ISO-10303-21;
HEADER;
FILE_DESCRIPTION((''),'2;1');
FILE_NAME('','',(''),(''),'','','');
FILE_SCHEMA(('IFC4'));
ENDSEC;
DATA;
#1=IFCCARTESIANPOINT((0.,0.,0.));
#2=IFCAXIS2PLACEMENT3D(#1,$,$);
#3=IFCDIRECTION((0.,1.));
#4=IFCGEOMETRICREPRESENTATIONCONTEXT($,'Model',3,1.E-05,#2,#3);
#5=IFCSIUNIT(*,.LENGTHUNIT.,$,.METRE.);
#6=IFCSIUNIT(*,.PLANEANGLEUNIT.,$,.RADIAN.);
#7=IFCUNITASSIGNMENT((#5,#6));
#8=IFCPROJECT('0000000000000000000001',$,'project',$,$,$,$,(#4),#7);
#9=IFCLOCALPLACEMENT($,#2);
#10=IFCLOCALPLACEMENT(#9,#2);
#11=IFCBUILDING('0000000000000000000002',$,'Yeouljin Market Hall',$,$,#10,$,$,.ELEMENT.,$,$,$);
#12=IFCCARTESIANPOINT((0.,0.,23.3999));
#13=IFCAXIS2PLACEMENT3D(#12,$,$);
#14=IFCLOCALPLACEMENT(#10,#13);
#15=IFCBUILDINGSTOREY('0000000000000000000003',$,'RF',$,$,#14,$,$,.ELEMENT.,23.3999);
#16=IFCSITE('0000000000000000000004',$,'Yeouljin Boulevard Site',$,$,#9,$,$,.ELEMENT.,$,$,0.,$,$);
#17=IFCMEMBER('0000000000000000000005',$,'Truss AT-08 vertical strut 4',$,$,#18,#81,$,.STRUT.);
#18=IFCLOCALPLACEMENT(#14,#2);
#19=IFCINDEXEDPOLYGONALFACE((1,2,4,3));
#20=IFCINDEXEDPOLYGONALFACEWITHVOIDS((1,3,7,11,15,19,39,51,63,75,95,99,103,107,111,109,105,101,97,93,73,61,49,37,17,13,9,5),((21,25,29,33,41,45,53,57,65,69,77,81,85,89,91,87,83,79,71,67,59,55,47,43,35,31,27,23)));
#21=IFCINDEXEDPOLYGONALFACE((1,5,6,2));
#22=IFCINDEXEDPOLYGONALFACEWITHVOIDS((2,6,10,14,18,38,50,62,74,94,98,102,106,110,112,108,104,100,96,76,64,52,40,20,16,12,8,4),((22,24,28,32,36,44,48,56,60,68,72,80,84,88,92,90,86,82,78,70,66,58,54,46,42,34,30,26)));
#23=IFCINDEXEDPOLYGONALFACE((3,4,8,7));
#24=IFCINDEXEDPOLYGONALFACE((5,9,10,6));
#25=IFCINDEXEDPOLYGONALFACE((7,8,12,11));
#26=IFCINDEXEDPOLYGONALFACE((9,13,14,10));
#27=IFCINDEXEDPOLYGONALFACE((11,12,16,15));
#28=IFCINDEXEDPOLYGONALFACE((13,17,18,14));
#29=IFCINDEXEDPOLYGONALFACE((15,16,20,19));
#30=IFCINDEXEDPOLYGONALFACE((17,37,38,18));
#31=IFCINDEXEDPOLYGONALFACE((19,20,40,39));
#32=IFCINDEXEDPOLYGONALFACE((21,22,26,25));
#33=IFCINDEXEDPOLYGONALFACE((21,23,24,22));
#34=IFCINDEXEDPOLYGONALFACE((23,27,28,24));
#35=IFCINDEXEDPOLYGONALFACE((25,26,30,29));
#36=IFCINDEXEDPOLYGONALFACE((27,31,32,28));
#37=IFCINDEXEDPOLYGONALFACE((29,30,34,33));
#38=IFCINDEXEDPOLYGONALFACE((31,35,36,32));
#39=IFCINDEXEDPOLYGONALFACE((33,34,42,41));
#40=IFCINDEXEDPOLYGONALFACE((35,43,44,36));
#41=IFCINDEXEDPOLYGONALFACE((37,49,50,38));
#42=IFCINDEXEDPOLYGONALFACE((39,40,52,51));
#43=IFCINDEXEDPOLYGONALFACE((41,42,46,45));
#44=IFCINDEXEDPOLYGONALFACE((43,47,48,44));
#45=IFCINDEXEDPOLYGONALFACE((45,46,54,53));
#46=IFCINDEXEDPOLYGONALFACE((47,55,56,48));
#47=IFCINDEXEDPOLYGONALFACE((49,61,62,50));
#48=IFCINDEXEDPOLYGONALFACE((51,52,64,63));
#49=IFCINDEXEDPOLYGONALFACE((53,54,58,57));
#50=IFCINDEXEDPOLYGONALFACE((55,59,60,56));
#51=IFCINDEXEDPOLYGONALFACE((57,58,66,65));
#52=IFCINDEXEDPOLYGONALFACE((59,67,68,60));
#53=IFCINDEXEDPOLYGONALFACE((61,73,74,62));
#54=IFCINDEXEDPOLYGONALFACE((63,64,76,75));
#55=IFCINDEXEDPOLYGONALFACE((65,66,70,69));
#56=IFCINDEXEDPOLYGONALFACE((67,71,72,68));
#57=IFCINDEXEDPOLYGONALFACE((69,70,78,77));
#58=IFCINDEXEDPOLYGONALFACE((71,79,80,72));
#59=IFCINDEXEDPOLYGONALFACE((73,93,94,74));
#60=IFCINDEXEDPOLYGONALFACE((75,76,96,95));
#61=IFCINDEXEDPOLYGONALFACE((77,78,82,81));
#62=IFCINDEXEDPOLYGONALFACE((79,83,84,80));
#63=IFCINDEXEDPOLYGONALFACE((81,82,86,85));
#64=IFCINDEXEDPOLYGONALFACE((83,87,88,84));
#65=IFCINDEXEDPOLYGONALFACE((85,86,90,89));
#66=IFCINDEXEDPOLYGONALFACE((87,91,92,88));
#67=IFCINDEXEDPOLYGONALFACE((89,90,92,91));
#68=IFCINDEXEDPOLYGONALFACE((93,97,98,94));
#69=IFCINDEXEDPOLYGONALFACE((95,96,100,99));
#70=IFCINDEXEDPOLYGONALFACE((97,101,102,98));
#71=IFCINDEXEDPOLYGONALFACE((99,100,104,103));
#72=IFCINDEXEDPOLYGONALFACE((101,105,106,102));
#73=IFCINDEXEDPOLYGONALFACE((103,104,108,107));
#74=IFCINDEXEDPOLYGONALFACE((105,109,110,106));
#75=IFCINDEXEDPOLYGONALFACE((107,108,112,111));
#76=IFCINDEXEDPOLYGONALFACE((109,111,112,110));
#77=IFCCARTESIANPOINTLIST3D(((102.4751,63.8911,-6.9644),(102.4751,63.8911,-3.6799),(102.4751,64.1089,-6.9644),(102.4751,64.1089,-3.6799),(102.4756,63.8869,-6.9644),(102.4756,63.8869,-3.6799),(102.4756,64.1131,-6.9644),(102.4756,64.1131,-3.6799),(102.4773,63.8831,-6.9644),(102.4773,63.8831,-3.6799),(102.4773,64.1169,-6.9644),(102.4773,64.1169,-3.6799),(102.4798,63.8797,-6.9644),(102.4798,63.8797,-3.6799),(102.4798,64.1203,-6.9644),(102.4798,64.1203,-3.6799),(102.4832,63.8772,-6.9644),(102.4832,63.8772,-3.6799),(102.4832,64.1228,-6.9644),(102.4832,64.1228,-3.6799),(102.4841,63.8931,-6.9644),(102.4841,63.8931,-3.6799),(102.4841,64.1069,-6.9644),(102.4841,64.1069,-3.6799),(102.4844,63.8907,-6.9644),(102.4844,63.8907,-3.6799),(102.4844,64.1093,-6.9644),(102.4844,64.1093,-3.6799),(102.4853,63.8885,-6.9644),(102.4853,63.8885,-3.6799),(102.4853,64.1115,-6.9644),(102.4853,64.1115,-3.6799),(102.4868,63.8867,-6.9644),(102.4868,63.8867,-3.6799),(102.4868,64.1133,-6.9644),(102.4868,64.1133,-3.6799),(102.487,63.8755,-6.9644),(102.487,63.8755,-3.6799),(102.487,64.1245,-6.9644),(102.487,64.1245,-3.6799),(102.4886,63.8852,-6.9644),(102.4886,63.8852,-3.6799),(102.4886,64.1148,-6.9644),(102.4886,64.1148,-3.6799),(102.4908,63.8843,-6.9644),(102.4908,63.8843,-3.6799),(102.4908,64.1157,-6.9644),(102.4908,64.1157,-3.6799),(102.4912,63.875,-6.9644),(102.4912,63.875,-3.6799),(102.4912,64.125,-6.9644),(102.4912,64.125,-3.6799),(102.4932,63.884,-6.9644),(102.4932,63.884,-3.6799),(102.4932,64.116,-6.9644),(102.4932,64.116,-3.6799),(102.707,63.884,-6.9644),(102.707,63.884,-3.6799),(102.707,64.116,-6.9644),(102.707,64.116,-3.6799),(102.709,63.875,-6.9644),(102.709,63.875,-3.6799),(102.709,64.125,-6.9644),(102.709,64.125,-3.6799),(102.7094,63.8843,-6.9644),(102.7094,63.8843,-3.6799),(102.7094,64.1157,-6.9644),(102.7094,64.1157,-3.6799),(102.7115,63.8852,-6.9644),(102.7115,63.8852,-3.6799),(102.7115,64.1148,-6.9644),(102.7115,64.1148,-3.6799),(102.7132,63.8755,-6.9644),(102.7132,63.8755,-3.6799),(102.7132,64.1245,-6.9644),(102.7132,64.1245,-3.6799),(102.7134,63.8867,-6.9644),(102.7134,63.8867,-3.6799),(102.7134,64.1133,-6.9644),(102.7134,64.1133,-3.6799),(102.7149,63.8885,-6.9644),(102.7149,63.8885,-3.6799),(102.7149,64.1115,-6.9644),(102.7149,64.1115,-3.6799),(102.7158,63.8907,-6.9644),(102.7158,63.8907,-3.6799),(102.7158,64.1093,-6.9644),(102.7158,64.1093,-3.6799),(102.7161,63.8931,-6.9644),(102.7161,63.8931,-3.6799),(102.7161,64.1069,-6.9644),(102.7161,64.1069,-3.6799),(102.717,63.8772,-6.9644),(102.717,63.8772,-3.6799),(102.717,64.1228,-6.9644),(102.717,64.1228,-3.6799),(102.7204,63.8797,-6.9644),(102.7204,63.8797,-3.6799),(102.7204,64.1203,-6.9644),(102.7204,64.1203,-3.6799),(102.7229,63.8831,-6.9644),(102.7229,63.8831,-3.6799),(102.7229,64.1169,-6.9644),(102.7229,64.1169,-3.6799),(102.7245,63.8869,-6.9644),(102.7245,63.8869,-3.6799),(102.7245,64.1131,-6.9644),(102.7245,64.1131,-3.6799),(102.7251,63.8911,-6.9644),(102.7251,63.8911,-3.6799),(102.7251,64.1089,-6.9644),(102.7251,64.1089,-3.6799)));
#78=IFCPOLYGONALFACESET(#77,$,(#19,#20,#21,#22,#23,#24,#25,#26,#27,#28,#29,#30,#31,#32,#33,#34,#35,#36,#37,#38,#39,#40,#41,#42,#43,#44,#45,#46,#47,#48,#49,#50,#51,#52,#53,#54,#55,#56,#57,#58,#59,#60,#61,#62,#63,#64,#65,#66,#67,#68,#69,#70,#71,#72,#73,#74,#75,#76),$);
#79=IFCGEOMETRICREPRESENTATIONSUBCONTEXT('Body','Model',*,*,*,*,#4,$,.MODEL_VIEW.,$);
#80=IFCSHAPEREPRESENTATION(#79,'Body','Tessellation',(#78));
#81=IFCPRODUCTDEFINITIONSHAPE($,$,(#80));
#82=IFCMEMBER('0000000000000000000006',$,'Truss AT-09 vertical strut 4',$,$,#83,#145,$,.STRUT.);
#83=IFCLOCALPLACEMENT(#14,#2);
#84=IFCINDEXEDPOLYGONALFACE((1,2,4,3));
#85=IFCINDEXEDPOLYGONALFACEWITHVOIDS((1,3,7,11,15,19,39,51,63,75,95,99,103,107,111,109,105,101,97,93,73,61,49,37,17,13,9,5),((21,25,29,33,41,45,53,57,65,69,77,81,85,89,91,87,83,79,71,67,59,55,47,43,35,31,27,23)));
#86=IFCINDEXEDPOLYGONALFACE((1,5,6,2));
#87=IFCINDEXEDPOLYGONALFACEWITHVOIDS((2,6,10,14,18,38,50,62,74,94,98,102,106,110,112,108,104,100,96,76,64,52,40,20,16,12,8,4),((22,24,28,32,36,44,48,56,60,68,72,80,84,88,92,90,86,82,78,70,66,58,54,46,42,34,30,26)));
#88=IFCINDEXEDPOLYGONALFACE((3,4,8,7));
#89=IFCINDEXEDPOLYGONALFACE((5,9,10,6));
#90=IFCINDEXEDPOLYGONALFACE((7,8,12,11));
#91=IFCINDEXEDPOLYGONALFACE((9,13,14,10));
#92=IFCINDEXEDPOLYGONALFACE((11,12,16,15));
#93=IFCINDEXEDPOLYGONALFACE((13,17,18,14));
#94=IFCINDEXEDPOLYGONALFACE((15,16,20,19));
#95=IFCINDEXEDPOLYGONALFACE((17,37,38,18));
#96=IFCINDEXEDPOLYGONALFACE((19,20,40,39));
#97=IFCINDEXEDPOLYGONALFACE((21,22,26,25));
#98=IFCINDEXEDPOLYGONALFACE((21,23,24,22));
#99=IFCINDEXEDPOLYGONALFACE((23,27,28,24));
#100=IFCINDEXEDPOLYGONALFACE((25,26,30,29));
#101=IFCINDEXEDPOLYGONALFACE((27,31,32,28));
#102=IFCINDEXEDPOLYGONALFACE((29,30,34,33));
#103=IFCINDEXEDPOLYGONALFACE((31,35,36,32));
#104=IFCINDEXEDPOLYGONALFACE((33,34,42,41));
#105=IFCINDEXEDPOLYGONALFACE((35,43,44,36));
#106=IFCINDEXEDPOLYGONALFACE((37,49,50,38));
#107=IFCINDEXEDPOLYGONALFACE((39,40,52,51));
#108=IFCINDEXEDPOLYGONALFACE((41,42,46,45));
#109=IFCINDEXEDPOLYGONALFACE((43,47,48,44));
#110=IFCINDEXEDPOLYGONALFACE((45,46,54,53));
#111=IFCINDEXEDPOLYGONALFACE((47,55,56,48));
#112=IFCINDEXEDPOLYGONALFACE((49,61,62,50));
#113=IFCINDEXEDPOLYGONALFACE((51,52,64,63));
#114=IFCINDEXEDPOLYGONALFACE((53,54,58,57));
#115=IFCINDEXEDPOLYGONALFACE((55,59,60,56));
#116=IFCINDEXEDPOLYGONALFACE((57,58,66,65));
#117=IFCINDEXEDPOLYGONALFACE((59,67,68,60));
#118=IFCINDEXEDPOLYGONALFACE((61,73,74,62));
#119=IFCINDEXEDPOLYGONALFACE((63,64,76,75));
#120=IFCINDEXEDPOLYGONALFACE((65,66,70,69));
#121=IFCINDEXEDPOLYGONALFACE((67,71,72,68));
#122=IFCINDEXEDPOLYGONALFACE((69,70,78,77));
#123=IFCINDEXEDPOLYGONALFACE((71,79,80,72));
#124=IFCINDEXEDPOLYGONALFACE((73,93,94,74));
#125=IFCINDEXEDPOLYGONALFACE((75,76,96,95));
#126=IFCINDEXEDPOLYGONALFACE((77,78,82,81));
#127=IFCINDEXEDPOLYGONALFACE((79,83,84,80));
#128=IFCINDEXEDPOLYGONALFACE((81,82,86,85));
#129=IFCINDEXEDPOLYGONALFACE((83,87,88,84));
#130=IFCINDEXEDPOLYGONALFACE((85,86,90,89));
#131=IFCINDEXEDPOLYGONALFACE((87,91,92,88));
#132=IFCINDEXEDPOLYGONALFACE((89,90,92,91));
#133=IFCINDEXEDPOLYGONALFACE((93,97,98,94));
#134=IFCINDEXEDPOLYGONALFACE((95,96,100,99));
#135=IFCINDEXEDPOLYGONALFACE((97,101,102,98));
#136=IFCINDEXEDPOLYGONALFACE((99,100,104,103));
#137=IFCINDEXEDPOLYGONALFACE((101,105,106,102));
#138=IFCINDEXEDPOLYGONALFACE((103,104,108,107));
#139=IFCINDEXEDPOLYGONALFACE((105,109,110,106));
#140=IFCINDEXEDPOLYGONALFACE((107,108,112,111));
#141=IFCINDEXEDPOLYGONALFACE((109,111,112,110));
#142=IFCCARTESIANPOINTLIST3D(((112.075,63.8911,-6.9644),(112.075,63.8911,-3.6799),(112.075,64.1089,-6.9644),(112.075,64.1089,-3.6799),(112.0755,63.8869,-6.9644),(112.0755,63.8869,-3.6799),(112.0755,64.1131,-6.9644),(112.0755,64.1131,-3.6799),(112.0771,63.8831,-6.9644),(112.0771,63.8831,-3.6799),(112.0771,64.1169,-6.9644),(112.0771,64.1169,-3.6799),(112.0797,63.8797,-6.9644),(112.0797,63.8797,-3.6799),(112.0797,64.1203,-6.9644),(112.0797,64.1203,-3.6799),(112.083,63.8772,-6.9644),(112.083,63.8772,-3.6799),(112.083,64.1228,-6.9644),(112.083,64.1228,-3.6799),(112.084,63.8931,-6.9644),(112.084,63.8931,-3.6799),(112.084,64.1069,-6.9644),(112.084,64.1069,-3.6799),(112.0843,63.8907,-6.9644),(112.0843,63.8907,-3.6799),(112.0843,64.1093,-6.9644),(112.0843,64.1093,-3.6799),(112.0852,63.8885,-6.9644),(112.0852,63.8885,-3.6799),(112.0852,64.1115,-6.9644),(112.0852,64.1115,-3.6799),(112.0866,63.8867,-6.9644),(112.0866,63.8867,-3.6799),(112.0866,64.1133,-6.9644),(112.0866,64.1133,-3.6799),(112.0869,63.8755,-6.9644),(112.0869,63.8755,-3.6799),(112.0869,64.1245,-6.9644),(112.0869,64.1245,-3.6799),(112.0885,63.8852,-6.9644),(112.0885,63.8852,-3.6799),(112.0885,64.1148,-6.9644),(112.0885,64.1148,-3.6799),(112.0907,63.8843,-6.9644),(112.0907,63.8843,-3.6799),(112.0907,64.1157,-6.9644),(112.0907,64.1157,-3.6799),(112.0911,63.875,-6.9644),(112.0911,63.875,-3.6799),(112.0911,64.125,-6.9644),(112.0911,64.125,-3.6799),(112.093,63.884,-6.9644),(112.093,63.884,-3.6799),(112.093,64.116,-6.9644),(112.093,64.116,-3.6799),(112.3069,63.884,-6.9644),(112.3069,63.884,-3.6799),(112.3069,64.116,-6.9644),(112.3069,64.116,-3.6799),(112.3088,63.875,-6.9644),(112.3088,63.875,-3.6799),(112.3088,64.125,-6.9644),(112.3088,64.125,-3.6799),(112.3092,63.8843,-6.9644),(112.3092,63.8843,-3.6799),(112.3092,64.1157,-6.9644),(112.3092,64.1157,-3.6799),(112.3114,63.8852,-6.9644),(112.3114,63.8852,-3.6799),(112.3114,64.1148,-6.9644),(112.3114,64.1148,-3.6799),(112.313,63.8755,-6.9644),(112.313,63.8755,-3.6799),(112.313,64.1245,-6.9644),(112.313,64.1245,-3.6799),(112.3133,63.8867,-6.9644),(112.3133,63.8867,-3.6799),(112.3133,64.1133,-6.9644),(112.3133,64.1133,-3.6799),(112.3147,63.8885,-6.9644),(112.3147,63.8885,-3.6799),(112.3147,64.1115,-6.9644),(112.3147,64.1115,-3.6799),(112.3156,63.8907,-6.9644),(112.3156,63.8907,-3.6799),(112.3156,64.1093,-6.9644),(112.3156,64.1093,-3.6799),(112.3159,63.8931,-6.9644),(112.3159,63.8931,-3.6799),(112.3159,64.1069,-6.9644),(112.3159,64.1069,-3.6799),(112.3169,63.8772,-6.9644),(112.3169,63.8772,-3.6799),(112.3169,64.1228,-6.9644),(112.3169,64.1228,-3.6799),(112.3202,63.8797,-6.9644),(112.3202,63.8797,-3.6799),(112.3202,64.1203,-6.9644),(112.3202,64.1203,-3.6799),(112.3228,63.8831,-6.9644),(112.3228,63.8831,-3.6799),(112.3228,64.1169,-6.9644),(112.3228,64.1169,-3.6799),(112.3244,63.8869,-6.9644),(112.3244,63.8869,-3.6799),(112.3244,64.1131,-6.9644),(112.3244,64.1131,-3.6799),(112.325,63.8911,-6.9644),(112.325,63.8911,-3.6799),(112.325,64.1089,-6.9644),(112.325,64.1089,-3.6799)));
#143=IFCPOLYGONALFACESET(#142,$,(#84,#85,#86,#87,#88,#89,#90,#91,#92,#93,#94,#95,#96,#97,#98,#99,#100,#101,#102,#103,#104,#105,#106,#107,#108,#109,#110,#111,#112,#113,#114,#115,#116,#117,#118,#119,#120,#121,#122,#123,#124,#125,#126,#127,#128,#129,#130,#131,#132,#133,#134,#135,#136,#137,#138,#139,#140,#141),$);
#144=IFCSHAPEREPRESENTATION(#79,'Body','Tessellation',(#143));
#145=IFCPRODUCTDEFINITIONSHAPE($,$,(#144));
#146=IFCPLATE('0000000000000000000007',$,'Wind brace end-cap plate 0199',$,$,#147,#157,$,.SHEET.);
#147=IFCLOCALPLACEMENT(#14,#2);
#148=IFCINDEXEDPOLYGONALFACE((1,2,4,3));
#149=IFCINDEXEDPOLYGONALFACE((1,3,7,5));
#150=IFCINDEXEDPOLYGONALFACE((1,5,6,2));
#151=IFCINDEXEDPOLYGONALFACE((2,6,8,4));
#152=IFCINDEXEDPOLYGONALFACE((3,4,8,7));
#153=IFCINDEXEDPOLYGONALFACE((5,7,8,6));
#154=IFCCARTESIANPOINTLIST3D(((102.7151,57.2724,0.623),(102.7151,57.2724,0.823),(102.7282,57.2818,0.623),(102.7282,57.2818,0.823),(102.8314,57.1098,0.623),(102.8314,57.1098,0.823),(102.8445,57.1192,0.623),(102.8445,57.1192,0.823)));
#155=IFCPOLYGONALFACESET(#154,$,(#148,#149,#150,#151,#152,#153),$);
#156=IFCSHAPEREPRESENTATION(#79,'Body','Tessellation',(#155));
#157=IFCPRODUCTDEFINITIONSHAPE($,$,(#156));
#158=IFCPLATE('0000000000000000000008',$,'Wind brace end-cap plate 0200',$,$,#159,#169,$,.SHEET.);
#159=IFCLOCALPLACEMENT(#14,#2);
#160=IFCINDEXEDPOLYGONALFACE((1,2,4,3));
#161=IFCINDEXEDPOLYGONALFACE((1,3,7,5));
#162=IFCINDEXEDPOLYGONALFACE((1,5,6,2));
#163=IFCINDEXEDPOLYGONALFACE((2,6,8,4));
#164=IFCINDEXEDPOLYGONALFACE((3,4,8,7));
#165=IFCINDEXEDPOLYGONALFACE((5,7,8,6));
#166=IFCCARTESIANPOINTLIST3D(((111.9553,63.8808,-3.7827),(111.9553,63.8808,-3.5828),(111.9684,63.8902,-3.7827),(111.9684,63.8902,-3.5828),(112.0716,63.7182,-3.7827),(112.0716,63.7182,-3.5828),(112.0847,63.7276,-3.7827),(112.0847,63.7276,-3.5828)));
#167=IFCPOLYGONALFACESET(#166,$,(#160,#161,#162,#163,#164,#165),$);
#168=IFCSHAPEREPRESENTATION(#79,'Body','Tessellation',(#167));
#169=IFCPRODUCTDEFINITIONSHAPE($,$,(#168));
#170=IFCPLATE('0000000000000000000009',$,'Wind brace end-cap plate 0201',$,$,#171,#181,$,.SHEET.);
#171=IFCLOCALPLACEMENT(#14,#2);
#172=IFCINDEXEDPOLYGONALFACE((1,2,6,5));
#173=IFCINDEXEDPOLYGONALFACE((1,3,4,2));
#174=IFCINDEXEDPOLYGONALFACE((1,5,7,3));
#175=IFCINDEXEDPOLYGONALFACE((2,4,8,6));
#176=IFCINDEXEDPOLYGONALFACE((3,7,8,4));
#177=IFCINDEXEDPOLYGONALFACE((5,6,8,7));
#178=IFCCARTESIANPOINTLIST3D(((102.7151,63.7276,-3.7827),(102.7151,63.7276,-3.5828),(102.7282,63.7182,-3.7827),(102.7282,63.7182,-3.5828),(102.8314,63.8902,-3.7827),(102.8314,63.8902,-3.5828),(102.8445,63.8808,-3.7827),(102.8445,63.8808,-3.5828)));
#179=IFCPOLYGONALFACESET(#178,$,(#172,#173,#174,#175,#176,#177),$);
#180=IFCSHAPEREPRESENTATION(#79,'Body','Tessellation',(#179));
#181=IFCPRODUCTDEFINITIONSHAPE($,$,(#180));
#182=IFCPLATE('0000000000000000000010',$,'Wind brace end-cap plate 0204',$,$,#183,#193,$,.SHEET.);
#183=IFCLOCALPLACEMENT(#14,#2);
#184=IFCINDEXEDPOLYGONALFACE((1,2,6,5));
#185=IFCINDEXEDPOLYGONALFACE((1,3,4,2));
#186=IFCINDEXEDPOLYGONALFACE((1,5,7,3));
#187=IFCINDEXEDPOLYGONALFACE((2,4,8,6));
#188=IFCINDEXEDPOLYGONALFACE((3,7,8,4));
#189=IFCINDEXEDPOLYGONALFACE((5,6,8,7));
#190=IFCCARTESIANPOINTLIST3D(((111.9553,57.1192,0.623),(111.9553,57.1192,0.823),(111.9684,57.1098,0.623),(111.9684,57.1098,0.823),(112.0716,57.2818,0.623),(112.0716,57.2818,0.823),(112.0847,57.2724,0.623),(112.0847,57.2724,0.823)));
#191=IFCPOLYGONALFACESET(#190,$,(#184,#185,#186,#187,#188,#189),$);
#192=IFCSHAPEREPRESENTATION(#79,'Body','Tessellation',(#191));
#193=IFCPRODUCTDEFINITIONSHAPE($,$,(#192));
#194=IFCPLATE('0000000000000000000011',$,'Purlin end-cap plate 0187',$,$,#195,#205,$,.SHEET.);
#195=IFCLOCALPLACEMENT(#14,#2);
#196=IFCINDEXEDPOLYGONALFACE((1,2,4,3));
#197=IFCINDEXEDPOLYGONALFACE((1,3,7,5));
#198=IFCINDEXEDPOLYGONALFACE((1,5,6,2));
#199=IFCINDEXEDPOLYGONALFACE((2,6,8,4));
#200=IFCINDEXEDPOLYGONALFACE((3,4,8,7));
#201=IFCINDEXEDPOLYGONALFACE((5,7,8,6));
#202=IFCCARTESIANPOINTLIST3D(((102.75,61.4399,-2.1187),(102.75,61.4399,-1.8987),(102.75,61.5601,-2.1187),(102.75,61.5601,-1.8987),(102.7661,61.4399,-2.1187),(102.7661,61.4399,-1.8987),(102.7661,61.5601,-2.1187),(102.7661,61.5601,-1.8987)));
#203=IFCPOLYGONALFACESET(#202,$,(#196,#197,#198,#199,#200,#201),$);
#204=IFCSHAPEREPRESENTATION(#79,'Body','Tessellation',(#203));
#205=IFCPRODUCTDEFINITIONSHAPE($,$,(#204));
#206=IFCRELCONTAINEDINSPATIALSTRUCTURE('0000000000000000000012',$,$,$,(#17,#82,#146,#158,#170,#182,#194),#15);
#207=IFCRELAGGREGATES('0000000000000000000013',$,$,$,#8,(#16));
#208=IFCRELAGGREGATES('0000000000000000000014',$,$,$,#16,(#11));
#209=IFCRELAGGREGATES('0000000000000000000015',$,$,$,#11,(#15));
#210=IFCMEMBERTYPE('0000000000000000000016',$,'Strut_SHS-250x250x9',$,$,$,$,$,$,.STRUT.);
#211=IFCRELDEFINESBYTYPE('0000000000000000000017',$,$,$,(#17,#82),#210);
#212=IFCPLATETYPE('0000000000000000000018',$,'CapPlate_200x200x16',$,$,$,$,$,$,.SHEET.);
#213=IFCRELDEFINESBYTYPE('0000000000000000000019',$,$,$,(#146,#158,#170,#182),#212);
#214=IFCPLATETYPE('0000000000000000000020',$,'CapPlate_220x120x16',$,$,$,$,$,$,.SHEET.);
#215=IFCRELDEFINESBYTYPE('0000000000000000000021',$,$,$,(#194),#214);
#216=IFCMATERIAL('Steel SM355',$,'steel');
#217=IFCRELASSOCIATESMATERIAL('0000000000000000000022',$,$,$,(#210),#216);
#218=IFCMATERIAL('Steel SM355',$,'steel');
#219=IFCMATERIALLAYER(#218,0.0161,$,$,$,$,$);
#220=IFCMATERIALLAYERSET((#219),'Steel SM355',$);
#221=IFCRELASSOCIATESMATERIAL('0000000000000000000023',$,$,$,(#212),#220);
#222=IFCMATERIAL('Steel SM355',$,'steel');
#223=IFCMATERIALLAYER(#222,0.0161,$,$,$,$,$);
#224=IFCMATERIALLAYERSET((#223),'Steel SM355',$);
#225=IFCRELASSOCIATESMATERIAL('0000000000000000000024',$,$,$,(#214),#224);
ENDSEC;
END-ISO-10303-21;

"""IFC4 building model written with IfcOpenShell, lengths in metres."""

from ifc_helpers import new_model, si_unit, direction, frame, origin, origin_2d, place, context, subcontext, project, spatial, rectangle, hollow_rectangle, extrude, material, layer, layer_set, material_profile, profile_set, type_object, element, save


model = new_model("IFC4")

# Units and contexts
model_context = context("Model", 3, precision=1e-05, world=origin(), true_north=direction((0.0, 1.0)))
body_context = subcontext(model_context, "Body", "Model", "MODEL_VIEW")
ifc_project = project(units=[si_unit("LENGTHUNIT", "METRE"), si_unit("PLANEANGLEUNIT", "RADIAN")], contexts=[model_context])

# Site, building, storey
site_placement = place(None, origin())
site = spatial("IfcSite", under=ifc_project, at=site_placement, Name="Yeouljin Boulevard Site", CompositionType="ELEMENT", RefElevation=0.0)
building_placement = place(site_placement, origin())
building = spatial("IfcBuilding", under=site, at=building_placement, Name="Yeouljin Market Hall", CompositionType="ELEMENT")
storey_placement = place(building_placement, frame((0.0, 0.0, 23.3999)))
storey = spatial("IfcBuildingStorey", under=building, at=storey_placement, Name="RF", CompositionType="ELEMENT", Elevation=23.3999)

# Members
ifc_material_1 = material(Name="Steel SM355", Category="steel")
ifc_material_profile_1 = material_profile(ifc_material_1, hollow_rectangle(XDim=0.25, YDim=0.25, WallThickness=0.009, InnerFilletRadius=0.009, OuterFilletRadius=0.0161, at=origin_2d()), Name="SHS-250x250x9")
ifc_profile_set_1 = profile_set([ifc_material_profile_1], Name="Steel SM355")
member_type_1 = type_object("IfcMemberType", Name="Strut_SHS-250x250x9", PredefinedType="STRUT", material=ifc_profile_set_1)
for number, where, z_axis, x_axis, name in (
    (1, (102.6001, 64.0, -6.9644), (0.0, 0.0, 1.0), (1.0, 0.0, 0.0), "Truss AT-08 vertical strut 4"),
    (2, (112.2, 64.0, -6.9644), (0.0, 0.0, 1.0), (1.0, 0.0, 0.0), "Truss AT-09 vertical strut 4"),
):
    element("IfcMember", number, at=place(storey_placement, frame(where, z_axis=z_axis, x_axis=x_axis)), inside=storey, type_object=member_type_1, Name=name, PredefinedType="STRUT", context=body_context, shape_type="SweptSolid", body=[
        extrude(hollow_rectangle(XDim=0.25, YDim=0.25, WallThickness=0.009, InnerFilletRadius=0.009, OuterFilletRadius=0.0161, at=origin_2d()), origin(), (0.0, 0.0, 1.0), 3.2844),
    ])

# Plates
ifc_material_2 = material(Name="Steel SM355", Category="steel")
ifc_layer_1 = layer(ifc_material_2, 0.0161)
ifc_layer_set_1 = layer_set([ifc_layer_1], Name="Steel SM355")
plate_type_1 = type_object("IfcPlateType", Name="CapPlate_200x200x16", PredefinedType="SHEET", material=ifc_layer_set_1)
for number, where, z_axis, x_axis, name in (
    (3, (102.7798, 57.1958, 0.623), (0.0, 0.0, 1.0), (-0.581697, 0.813405, 0.0), "Wind brace end-cap plate 0199"),
    (4, (112.02, 63.8042, -3.7827), (0.0, 0.0, 1.0), (-0.581697, 0.813405, 0.0), "Wind brace end-cap plate 0200"),
    (5, (102.7798, 63.8042, -3.7827), (0.0, 0.0, 1.0), (0.581697, 0.813405, 0.0), "Wind brace end-cap plate 0201"),
    (6, (112.02, 57.1958, 0.623), (0.0, 0.0, 1.0), (0.581697, 0.813405, 0.0), "Wind brace end-cap plate 0204"),
):
    element("IfcPlate", number, at=place(storey_placement, frame(where, z_axis=z_axis, x_axis=x_axis)), inside=storey, type_object=plate_type_1, Name=name, PredefinedType="SHEET", context=body_context, shape_type="SweptSolid", body=[
        extrude(rectangle(XDim=0.2, YDim=0.0161, at=origin_2d()), origin(), (0.0, 0.0, 1.0), 0.2),
    ])
ifc_material_3 = material(Name="Steel SM355", Category="steel")
ifc_layer_2 = layer(ifc_material_3, 0.0161)
ifc_layer_set_2 = layer_set([ifc_layer_2], Name="Steel SM355")
plate_type_2 = type_object("IfcPlateType", Name="CapPlate_220x120x16", PredefinedType="SHEET", material=ifc_layer_set_2)
for number, where, z_axis, x_axis, name in (
    (7, (102.7581, 61.5, -2.1187), (0.0, 0.0, 1.0), (0.0, 1.0, 0.0), "Purlin end-cap plate 0187"),
):
    element("IfcPlate", number, at=place(storey_placement, frame(where, z_axis=z_axis, x_axis=x_axis)), inside=storey, type_object=plate_type_2, Name=name, PredefinedType="SHEET", context=body_context, shape_type="SweptSolid", body=[
        extrude(rectangle(XDim=0.1201, YDim=0.0161, at=origin_2d()), origin(), (0.0, 0.0, 1.0), 0.22),
    ])

save(model, "model.ifc")
